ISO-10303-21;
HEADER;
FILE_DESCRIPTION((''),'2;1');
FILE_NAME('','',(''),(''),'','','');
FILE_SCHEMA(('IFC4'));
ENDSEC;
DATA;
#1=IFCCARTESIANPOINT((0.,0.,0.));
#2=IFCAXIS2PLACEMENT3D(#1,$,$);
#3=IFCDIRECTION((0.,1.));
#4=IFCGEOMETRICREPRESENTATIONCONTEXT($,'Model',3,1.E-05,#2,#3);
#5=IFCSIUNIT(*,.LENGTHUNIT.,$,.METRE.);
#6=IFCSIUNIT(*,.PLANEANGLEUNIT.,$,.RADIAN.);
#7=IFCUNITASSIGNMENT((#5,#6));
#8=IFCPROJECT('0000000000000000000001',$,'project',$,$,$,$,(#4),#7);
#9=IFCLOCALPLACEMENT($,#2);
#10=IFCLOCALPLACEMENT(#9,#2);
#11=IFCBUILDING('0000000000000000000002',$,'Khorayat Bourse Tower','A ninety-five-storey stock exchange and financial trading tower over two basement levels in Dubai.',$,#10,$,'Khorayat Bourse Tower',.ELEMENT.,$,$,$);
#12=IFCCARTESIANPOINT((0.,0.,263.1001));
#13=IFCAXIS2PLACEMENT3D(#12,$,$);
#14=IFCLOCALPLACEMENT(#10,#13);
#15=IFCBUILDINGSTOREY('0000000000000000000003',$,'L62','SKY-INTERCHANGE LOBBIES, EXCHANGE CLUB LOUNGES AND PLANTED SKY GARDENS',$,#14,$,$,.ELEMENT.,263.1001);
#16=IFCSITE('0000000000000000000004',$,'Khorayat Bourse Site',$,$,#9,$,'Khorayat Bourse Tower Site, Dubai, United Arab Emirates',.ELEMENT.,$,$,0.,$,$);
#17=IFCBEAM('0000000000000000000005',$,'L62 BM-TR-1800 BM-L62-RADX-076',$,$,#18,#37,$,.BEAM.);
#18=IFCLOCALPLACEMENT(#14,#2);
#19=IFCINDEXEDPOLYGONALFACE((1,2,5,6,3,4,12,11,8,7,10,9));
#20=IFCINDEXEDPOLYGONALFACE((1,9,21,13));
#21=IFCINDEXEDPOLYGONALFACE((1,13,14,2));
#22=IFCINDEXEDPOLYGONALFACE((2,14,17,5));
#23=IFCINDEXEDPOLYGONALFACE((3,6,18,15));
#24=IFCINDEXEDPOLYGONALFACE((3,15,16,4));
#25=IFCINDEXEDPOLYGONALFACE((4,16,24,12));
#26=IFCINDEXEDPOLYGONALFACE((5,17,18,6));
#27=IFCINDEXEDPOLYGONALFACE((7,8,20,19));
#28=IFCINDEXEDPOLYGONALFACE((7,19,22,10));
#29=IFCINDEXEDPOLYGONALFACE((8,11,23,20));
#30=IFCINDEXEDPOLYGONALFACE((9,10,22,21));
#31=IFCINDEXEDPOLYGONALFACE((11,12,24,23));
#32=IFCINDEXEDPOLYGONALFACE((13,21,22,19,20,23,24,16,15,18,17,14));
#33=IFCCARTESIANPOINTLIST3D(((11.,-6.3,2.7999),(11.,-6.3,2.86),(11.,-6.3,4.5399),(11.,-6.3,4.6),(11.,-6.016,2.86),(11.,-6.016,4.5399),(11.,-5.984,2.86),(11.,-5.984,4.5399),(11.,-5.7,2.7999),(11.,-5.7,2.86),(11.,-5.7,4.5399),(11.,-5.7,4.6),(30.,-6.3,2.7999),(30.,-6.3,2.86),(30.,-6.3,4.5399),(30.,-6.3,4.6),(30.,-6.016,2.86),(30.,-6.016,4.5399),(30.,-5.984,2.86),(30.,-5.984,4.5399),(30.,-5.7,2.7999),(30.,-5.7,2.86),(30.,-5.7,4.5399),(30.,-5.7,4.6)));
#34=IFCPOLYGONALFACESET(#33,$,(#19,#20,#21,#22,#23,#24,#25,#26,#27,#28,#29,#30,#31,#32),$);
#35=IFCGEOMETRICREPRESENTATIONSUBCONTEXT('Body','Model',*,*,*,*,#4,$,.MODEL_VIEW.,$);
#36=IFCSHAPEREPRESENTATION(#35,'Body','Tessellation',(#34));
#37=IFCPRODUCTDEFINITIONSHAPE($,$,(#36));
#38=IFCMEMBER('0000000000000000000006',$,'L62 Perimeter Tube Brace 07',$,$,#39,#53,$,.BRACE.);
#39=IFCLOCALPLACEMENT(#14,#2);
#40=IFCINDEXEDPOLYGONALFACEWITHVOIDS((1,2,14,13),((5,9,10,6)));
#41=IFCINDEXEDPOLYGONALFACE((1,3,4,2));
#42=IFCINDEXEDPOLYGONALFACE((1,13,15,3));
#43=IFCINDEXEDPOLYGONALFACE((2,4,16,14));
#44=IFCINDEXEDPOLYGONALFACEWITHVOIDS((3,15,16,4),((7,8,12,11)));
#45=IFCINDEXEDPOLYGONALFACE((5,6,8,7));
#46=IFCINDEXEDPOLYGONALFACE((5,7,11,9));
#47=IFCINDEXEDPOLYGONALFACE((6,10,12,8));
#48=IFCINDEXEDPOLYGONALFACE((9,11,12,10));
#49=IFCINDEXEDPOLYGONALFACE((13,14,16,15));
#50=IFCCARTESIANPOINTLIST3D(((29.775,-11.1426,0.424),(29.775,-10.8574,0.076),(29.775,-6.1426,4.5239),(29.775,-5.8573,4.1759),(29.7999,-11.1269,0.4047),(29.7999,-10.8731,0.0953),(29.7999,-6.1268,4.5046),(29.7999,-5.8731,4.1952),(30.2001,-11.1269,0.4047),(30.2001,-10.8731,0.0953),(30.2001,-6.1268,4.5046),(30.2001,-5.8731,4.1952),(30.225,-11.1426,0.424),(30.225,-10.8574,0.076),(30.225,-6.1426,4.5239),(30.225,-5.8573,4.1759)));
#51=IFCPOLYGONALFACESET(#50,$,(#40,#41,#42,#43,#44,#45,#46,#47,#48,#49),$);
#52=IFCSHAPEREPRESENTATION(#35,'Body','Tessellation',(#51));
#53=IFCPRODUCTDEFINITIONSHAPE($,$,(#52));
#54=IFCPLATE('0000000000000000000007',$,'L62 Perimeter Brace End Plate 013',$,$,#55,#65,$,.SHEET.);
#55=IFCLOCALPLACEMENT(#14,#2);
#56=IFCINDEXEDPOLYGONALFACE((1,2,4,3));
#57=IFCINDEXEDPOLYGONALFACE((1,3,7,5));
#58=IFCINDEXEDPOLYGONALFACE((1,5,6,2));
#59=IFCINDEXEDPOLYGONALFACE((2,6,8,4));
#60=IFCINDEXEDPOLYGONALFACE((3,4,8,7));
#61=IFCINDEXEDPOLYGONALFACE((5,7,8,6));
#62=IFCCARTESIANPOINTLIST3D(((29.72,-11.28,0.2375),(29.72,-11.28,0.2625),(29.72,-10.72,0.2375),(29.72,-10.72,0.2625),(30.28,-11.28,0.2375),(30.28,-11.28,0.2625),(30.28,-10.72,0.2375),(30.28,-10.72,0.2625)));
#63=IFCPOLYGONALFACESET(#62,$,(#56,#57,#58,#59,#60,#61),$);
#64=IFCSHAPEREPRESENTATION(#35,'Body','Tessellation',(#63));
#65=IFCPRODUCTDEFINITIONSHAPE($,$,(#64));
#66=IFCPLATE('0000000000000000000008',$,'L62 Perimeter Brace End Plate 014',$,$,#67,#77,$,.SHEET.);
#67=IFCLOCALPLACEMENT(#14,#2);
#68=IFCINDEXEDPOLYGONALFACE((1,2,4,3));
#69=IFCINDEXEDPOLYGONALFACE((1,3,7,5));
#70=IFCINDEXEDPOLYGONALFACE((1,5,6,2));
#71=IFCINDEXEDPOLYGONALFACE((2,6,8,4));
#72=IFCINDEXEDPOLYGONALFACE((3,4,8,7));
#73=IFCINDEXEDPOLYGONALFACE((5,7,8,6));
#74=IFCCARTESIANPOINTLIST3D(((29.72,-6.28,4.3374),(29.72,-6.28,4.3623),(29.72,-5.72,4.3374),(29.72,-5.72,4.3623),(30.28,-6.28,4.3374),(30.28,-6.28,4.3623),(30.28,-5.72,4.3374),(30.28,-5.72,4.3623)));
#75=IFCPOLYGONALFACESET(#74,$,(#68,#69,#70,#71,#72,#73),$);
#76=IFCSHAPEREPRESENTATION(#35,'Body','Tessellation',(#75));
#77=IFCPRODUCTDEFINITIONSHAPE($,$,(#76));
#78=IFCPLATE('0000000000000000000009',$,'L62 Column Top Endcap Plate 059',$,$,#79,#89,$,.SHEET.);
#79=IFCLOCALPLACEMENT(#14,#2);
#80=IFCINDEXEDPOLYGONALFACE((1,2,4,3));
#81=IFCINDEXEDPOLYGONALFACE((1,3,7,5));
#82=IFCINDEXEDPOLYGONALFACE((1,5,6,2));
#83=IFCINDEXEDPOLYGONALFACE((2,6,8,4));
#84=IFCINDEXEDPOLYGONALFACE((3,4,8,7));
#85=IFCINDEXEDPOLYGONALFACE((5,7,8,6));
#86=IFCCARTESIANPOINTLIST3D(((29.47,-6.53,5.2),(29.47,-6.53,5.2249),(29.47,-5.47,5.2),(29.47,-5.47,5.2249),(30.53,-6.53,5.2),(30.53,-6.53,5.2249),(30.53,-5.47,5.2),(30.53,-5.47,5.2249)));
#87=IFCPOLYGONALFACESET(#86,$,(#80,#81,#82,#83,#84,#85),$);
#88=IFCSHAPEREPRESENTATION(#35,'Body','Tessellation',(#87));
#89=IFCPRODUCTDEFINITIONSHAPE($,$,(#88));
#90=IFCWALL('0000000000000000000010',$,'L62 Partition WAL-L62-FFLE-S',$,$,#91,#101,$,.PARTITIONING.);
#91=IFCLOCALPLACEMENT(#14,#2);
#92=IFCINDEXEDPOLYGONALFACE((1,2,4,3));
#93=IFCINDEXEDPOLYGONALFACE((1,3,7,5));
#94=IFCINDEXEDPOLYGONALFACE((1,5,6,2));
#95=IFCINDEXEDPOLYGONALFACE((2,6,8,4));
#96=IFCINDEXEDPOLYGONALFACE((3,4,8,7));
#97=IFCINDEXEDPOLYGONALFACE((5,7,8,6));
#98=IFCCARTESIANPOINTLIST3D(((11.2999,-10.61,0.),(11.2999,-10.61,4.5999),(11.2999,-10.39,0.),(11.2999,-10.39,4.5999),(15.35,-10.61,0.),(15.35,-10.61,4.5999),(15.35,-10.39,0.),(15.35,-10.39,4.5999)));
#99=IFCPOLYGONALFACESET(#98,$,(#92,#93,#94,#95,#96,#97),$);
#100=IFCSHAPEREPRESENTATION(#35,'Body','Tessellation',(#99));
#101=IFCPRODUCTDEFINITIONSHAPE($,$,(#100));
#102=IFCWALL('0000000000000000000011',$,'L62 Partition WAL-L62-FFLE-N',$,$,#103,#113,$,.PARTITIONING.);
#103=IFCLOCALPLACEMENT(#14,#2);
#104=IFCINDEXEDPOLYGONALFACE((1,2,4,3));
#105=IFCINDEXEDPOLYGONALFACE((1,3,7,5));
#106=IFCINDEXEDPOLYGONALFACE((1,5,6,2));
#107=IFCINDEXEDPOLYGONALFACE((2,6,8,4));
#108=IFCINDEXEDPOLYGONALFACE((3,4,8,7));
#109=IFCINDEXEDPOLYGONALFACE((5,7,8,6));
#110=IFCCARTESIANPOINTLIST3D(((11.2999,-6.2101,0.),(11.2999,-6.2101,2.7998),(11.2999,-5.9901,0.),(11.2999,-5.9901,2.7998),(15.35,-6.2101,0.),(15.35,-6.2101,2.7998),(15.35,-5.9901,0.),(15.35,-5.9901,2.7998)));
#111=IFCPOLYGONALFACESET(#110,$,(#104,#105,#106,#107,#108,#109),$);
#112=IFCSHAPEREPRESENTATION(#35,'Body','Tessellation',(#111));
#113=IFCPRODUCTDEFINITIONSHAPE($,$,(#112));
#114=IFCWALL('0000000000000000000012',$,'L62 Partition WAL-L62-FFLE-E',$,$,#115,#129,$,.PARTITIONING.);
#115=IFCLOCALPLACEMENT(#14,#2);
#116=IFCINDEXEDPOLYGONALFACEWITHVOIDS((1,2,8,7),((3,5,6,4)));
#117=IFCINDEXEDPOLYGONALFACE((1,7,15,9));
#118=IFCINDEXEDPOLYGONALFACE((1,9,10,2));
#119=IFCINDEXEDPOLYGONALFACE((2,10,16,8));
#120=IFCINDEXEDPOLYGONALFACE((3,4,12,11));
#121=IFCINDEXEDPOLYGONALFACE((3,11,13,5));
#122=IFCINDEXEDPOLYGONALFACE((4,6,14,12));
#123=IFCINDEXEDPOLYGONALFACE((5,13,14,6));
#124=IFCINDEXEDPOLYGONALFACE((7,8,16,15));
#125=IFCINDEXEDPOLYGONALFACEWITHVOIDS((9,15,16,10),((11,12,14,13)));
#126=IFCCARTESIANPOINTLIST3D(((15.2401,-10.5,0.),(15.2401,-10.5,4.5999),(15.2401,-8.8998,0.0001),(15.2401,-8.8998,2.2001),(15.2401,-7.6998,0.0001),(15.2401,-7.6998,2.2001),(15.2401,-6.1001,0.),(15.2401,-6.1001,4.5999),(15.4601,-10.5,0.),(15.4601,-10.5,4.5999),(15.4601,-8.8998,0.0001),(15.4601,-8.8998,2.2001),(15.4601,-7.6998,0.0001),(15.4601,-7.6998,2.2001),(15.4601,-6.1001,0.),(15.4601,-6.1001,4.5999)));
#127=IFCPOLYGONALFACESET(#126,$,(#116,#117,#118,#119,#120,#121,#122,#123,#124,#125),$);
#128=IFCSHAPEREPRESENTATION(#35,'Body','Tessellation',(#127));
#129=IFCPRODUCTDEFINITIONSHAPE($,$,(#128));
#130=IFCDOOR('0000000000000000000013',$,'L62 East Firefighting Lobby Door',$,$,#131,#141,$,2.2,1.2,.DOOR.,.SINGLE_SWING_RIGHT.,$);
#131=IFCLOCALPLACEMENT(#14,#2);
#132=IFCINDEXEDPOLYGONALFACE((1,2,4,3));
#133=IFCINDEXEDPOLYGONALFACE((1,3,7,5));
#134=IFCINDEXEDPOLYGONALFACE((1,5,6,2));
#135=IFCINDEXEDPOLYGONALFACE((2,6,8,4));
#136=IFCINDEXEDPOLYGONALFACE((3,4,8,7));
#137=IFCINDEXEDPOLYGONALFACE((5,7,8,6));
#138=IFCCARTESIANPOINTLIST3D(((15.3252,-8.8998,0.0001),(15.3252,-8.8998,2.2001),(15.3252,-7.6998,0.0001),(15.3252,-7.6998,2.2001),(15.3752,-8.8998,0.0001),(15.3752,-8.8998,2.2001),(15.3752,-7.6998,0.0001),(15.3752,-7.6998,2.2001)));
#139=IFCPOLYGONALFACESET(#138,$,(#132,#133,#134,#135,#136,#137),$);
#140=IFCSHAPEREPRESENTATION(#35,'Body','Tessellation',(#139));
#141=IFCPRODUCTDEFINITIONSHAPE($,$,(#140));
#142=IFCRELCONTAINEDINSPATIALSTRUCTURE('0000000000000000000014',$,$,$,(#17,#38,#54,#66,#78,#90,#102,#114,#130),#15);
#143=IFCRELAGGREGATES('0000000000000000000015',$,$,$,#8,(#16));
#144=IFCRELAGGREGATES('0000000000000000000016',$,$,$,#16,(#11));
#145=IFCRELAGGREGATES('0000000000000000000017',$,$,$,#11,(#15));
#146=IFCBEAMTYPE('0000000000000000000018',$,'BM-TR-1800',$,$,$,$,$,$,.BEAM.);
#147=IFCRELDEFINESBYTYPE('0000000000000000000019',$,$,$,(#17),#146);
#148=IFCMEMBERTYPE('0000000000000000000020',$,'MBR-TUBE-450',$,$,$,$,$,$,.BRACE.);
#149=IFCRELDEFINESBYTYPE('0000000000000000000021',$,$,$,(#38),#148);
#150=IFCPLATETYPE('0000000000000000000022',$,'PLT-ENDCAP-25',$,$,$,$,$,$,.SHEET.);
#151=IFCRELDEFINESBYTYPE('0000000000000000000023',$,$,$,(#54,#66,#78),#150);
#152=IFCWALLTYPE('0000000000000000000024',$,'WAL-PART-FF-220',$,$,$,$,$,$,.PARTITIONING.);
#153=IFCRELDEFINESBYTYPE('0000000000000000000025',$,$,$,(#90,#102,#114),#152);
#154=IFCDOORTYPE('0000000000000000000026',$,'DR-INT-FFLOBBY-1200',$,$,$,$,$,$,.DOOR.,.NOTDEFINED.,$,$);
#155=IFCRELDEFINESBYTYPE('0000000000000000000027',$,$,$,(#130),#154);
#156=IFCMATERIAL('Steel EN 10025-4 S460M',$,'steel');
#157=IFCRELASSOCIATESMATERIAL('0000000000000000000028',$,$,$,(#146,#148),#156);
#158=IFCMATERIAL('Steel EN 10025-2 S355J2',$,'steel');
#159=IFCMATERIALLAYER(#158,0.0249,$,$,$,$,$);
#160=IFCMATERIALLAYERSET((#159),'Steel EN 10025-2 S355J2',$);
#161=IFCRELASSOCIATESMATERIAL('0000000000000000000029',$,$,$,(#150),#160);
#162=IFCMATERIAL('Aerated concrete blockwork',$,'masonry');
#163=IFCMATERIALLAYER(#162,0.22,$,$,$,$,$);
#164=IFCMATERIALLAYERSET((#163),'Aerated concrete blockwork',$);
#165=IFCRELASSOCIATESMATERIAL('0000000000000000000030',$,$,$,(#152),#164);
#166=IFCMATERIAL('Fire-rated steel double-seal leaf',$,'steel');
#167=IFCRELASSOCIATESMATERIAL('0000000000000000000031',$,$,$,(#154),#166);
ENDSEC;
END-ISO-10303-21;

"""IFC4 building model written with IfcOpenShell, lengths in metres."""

from ifc_helpers import new_model, si_unit, direction, frame, frame_2d, origin, origin_2d, place, context, subcontext, project, spatial, rectangle, hollow_rectangle, i_section, extrude, source, transform, mapped, material, layer, layer_set, material_profile, profile_set, type_object, element, fill, save


model = new_model("IFC4")

# Units and contexts
model_context = context("Model", 3, precision=1e-05, world=origin(), true_north=direction((0.0, 1.0)))
body_context = subcontext(model_context, "Body", "Model", "MODEL_VIEW")
ifc_project = project(units=[si_unit("LENGTHUNIT", "METRE"), si_unit("PLANEANGLEUNIT", "RADIAN")], contexts=[model_context])

# Site, building, storey
site_placement = place(None, origin())
site = spatial("IfcSite", under=ifc_project, at=site_placement, Name="Khorayat Bourse Site", LongName="Khorayat Bourse Tower Site, Dubai, United Arab Emirates", CompositionType="ELEMENT", RefElevation=0.0)
building_placement = place(site_placement, origin())
building = spatial("IfcBuilding", under=site, at=building_placement, Name="Khorayat Bourse Tower", Description="A ninety-five-storey stock exchange and financial trading tower over two basement levels in Dubai.", LongName="Khorayat Bourse Tower", CompositionType="ELEMENT")
storey_placement = place(building_placement, frame((0.0, 0.0, 263.1001)))
storey = spatial("IfcBuildingStorey", under=building, at=storey_placement, Name="L62", Description="SKY-INTERCHANGE LOBBIES, EXCHANGE CLUB LOUNGES AND PLANTED SKY GARDENS", CompositionType="ELEMENT", Elevation=263.1001)

# Shared definitions
ifc_material_1 = material(Name="Steel EN 10025-4 S460M", Category="steel")

# Beam
ifc_material_profile_1 = material_profile(ifc_material_1, i_section(OverallWidth=0.6001, OverallDepth=1.8, WebThickness=0.032, FlangeThickness=0.0601, at=origin_2d()), Name="PG 1800x600x32x60")
ifc_profile_set_1 = profile_set([ifc_material_profile_1], Name="Steel EN 10025-4 S460M")
beam_type_1 = type_object("IfcBeamType", Name="BM-TR-1800", PredefinedType="BEAM", material=ifc_profile_set_1)
shared_shape_1 = source(origin(), body_context, "Body", "SweptSolid", [
    extrude(i_section(OverallWidth=0.6001, OverallDepth=1.8, WebThickness=0.032, FlangeThickness=0.0601, at=origin_2d()), origin(), (0.0, 0.0, 1.0), 19.0),
])
beam_1_placement = place(storey_placement, frame((11.0, -6.0, 3.7), z_axis=(1.0, 0.0, 0.0), x_axis=(0.0, 1.0, 0.0)))
element("IfcBeam", 1, at=beam_1_placement, inside=storey, type_object=beam_type_1, Name="L62 BM-TR-1800 BM-L62-RADX-076", PredefinedType="BEAM", context=body_context, shape_type="MappedRepresentation", body=[
    mapped(shared_shape_1, transform((0.0, 0.0, 0.0), scale=1.0)),
])

# Member
ifc_material_profile_2 = material_profile(ifc_material_1, hollow_rectangle(XDim=0.45, YDim=0.45, WallThickness=0.0249, at=origin_2d()), Name="HSS 450x450x25")
ifc_profile_set_2 = profile_set([ifc_material_profile_2], Name="Steel EN 10025-4 S460M")
member_type = type_object("IfcMemberType", Name="MBR-TUBE-450", PredefinedType="BRACE", material=ifc_profile_set_2)
shared_shape_2 = source(origin(), body_context, "Body", "SweptSolid", [
    extrude(hollow_rectangle(XDim=0.45, YDim=0.45, WallThickness=0.0249, at=origin_2d()), origin(), (0.0, 0.0, 1.0), 6.4661),
])
member_placement = place(storey_placement, frame((30.0, -11.0, 0.25), z_axis=(0.0, 0.773279, 0.634066), x_axis=(-1.0, 0.0, 0.0)))
element("IfcMember", 2, at=member_placement, inside=storey, type_object=member_type, Name="L62 Perimeter Tube Brace 07", PredefinedType="BRACE", context=body_context, shape_type="MappedRepresentation", body=[
    mapped(shared_shape_2, transform((0.0, 0.0, 0.0), scale=1.0)),
])

# Plates
ifc_material_2 = material(Name="Steel EN 10025-2 S355J2", Category="steel")
ifc_layer_1 = layer(ifc_material_2, 0.0249)
ifc_layer_set_1 = layer_set([ifc_layer_1], Name="Steel EN 10025-2 S355J2")
plate_type = type_object("IfcPlateType", Name="PLT-ENDCAP-25", PredefinedType="SHEET", material=ifc_layer_set_1)
shared_shape_3 = source(origin(), body_context, "Body", "SweptSolid", [
    extrude(rectangle(XDim=0.5601, YDim=0.5601, at=origin_2d()), origin(), (0.0, 0.0, 1.0), 0.0249),
])
for number, where, z_axis, x_axis, name in (
    (3, (30.0, -11.0, 0.2375), (0.0, 0.0, 1.0), (1.0, 0.0, 0.0), "L62 Perimeter Brace End Plate 013"),
    (4, (30.0, -6.0, 4.3374), (0.0, 0.0, 1.0), (1.0, 0.0, 0.0), "L62 Perimeter Brace End Plate 014"),
):
    element("IfcPlate", number, at=place(storey_placement, frame(where, z_axis=z_axis, x_axis=x_axis)), inside=storey, type_object=plate_type, Name=name, PredefinedType="SHEET", context=body_context, shape_type="MappedRepresentation", body=[
        mapped(shared_shape_3, transform((0.0, 0.0, 0.0), scale=1.0)),
    ])
shared_shape_4 = source(origin(), body_context, "Body", "SweptSolid", [
    extrude(rectangle(XDim=1.0601, YDim=1.0601, at=origin_2d()), origin(), (0.0, 0.0, 1.0), 0.0249),
])
plate_placement = place(storey_placement, frame((30.0, -6.0, 5.2), z_axis=(0.0, 0.0, 1.0), x_axis=(1.0, 0.0, 0.0)))
element("IfcPlate", 5, at=plate_placement, inside=storey, type_object=plate_type, Name="L62 Column Top Endcap Plate 059", PredefinedType="SHEET", context=body_context, shape_type="MappedRepresentation", body=[
    mapped(shared_shape_4, transform((0.0, 0.0, 0.0), scale=1.0)),
])

# Walls
ifc_material_3 = material(Name="Aerated concrete blockwork", Category="masonry")
ifc_layer_2 = layer(ifc_material_3, 0.22)
ifc_layer_set_2 = layer_set([ifc_layer_2], Name="Aerated concrete blockwork")
wall_type_1 = type_object("IfcWallType", Name="WAL-PART-FF-220", PredefinedType="PARTITIONING", material=ifc_layer_set_2)
shared_shape_5 = source(origin(), body_context, "Body", "SweptSolid", [
    extrude(rectangle(XDim=4.05, YDim=0.22, at=frame_2d((2.0249, 0.0))), origin(), (0.0, 0.0, 1.0), 4.5999),
])
wall_1_placement = place(storey_placement, frame((11.3, -10.5, 0.0), z_axis=(0.0, 0.0, 1.0), x_axis=(1.0, 0.0, 0.0)))
element("IfcWall", 6, at=wall_1_placement, inside=storey, type_object=wall_type_1, Name="L62 Partition WAL-L62-FFLE-S", PredefinedType="PARTITIONING", context=body_context, shape_type="MappedRepresentation", body=[
    mapped(shared_shape_5, transform((0.0, 0.0, 0.0), scale=1.0)),
])
shared_shape_6 = source(origin(), body_context, "Body", "SweptSolid", [
    extrude(rectangle(XDim=4.05, YDim=0.22, at=frame_2d((2.0249, 0.0))), origin(), (0.0, 0.0, 1.0), 2.7998),
])
wall_2_placement = place(storey_placement, frame((11.3, -6.1001, 0.0), z_axis=(0.0, 0.0, 1.0), x_axis=(1.0, 0.0, 0.0)))
element("IfcWall", 7, at=wall_2_placement, inside=storey, type_object=wall_type_1, Name="L62 Partition WAL-L62-FFLE-N", PredefinedType="PARTITIONING", context=body_context, shape_type="MappedRepresentation", body=[
    mapped(shared_shape_6, transform((0.0, 0.0, 0.0), scale=1.0)),
])

# Wall, opening, door
shared_shape_7 = source(origin(), body_context, "Body", "SweptSolid", [
    extrude(rectangle(XDim=4.3999, YDim=0.22, at=frame_2d((2.2, 0.0))), origin(), (0.0, 0.0, 1.0), 4.5999),
])
wall_3_placement = place(storey_placement, frame((15.3501, -10.5, 0.0), z_axis=(0.0, 0.0, 1.0), x_axis=(0.0, 1.0, 0.0)))
wall_3 = element("IfcWall", 8, at=wall_3_placement, inside=storey, type_object=wall_type_1, Name="L62 Partition WAL-L62-FFLE-E", PredefinedType="PARTITIONING", context=body_context, shape_type="MappedRepresentation", body=[
    mapped(shared_shape_7, transform((0.0, 0.0, 0.0), scale=1.0)),
])
shared_shape_8 = source(origin(), body_context, "Body", "SweptSolid", [
    extrude(rectangle(XDim=1.2, YDim=2.2, at=frame_2d((0.6001, 1.1001))), frame((0.0, 0.1199, 0.0), z_axis=(0.0, -1.0, 0.0), x_axis=(1.0, 0.0, 0.0)), (0.0, 0.0, 1.0), 0.24),
])
opening_1_placement = place(wall_3_placement, frame((1.6001, 0.0, 0.0)))
opening_1 = element("IfcOpeningElement", 9, at=opening_1_placement, cuts=wall_3, PredefinedType="OPENING", context=body_context, shape_type="MappedRepresentation", body=[
    mapped(shared_shape_8, transform((0.0, 0.0, 0.0), scale=1.0)),
])
ifc_material_4 = material(Name="Fire-rated steel double-seal leaf", Category="steel")
door_type_1 = type_object("IfcDoorType", Name="DR-INT-FFLOBBY-1200", OperationType="NOTDEFINED", PredefinedType="DOOR", material=ifc_material_4)
shared_shape_9 = source(origin(), body_context, "Body", "SweptSolid", [
    extrude(rectangle(XDim=1.2, YDim=2.2, at=frame_2d((0.6001, 1.1001))), frame((0.0, 0.0249, 0.0), z_axis=(0.0, -1.0, 0.0), x_axis=(1.0, 0.0, 0.0)), (0.0, 0.0, 1.0), 0.05),
])
door_1_placement = place(opening_1_placement, origin())
door_1 = element("IfcDoor", 10, at=door_1_placement, inside=storey, type_object=door_type_1, Name="L62 East Firefighting Lobby Door", OperationType="SINGLE_SWING_RIGHT", OverallHeight=2.2, OverallWidth=1.2, PredefinedType="DOOR", context=body_context, shape_type="MappedRepresentation", body=[
    mapped(shared_shape_9, transform((0.0, 0.0, 0.0), scale=1.0)),
])
fill(opening_1, door_1)

save(model, "model.ifc")
